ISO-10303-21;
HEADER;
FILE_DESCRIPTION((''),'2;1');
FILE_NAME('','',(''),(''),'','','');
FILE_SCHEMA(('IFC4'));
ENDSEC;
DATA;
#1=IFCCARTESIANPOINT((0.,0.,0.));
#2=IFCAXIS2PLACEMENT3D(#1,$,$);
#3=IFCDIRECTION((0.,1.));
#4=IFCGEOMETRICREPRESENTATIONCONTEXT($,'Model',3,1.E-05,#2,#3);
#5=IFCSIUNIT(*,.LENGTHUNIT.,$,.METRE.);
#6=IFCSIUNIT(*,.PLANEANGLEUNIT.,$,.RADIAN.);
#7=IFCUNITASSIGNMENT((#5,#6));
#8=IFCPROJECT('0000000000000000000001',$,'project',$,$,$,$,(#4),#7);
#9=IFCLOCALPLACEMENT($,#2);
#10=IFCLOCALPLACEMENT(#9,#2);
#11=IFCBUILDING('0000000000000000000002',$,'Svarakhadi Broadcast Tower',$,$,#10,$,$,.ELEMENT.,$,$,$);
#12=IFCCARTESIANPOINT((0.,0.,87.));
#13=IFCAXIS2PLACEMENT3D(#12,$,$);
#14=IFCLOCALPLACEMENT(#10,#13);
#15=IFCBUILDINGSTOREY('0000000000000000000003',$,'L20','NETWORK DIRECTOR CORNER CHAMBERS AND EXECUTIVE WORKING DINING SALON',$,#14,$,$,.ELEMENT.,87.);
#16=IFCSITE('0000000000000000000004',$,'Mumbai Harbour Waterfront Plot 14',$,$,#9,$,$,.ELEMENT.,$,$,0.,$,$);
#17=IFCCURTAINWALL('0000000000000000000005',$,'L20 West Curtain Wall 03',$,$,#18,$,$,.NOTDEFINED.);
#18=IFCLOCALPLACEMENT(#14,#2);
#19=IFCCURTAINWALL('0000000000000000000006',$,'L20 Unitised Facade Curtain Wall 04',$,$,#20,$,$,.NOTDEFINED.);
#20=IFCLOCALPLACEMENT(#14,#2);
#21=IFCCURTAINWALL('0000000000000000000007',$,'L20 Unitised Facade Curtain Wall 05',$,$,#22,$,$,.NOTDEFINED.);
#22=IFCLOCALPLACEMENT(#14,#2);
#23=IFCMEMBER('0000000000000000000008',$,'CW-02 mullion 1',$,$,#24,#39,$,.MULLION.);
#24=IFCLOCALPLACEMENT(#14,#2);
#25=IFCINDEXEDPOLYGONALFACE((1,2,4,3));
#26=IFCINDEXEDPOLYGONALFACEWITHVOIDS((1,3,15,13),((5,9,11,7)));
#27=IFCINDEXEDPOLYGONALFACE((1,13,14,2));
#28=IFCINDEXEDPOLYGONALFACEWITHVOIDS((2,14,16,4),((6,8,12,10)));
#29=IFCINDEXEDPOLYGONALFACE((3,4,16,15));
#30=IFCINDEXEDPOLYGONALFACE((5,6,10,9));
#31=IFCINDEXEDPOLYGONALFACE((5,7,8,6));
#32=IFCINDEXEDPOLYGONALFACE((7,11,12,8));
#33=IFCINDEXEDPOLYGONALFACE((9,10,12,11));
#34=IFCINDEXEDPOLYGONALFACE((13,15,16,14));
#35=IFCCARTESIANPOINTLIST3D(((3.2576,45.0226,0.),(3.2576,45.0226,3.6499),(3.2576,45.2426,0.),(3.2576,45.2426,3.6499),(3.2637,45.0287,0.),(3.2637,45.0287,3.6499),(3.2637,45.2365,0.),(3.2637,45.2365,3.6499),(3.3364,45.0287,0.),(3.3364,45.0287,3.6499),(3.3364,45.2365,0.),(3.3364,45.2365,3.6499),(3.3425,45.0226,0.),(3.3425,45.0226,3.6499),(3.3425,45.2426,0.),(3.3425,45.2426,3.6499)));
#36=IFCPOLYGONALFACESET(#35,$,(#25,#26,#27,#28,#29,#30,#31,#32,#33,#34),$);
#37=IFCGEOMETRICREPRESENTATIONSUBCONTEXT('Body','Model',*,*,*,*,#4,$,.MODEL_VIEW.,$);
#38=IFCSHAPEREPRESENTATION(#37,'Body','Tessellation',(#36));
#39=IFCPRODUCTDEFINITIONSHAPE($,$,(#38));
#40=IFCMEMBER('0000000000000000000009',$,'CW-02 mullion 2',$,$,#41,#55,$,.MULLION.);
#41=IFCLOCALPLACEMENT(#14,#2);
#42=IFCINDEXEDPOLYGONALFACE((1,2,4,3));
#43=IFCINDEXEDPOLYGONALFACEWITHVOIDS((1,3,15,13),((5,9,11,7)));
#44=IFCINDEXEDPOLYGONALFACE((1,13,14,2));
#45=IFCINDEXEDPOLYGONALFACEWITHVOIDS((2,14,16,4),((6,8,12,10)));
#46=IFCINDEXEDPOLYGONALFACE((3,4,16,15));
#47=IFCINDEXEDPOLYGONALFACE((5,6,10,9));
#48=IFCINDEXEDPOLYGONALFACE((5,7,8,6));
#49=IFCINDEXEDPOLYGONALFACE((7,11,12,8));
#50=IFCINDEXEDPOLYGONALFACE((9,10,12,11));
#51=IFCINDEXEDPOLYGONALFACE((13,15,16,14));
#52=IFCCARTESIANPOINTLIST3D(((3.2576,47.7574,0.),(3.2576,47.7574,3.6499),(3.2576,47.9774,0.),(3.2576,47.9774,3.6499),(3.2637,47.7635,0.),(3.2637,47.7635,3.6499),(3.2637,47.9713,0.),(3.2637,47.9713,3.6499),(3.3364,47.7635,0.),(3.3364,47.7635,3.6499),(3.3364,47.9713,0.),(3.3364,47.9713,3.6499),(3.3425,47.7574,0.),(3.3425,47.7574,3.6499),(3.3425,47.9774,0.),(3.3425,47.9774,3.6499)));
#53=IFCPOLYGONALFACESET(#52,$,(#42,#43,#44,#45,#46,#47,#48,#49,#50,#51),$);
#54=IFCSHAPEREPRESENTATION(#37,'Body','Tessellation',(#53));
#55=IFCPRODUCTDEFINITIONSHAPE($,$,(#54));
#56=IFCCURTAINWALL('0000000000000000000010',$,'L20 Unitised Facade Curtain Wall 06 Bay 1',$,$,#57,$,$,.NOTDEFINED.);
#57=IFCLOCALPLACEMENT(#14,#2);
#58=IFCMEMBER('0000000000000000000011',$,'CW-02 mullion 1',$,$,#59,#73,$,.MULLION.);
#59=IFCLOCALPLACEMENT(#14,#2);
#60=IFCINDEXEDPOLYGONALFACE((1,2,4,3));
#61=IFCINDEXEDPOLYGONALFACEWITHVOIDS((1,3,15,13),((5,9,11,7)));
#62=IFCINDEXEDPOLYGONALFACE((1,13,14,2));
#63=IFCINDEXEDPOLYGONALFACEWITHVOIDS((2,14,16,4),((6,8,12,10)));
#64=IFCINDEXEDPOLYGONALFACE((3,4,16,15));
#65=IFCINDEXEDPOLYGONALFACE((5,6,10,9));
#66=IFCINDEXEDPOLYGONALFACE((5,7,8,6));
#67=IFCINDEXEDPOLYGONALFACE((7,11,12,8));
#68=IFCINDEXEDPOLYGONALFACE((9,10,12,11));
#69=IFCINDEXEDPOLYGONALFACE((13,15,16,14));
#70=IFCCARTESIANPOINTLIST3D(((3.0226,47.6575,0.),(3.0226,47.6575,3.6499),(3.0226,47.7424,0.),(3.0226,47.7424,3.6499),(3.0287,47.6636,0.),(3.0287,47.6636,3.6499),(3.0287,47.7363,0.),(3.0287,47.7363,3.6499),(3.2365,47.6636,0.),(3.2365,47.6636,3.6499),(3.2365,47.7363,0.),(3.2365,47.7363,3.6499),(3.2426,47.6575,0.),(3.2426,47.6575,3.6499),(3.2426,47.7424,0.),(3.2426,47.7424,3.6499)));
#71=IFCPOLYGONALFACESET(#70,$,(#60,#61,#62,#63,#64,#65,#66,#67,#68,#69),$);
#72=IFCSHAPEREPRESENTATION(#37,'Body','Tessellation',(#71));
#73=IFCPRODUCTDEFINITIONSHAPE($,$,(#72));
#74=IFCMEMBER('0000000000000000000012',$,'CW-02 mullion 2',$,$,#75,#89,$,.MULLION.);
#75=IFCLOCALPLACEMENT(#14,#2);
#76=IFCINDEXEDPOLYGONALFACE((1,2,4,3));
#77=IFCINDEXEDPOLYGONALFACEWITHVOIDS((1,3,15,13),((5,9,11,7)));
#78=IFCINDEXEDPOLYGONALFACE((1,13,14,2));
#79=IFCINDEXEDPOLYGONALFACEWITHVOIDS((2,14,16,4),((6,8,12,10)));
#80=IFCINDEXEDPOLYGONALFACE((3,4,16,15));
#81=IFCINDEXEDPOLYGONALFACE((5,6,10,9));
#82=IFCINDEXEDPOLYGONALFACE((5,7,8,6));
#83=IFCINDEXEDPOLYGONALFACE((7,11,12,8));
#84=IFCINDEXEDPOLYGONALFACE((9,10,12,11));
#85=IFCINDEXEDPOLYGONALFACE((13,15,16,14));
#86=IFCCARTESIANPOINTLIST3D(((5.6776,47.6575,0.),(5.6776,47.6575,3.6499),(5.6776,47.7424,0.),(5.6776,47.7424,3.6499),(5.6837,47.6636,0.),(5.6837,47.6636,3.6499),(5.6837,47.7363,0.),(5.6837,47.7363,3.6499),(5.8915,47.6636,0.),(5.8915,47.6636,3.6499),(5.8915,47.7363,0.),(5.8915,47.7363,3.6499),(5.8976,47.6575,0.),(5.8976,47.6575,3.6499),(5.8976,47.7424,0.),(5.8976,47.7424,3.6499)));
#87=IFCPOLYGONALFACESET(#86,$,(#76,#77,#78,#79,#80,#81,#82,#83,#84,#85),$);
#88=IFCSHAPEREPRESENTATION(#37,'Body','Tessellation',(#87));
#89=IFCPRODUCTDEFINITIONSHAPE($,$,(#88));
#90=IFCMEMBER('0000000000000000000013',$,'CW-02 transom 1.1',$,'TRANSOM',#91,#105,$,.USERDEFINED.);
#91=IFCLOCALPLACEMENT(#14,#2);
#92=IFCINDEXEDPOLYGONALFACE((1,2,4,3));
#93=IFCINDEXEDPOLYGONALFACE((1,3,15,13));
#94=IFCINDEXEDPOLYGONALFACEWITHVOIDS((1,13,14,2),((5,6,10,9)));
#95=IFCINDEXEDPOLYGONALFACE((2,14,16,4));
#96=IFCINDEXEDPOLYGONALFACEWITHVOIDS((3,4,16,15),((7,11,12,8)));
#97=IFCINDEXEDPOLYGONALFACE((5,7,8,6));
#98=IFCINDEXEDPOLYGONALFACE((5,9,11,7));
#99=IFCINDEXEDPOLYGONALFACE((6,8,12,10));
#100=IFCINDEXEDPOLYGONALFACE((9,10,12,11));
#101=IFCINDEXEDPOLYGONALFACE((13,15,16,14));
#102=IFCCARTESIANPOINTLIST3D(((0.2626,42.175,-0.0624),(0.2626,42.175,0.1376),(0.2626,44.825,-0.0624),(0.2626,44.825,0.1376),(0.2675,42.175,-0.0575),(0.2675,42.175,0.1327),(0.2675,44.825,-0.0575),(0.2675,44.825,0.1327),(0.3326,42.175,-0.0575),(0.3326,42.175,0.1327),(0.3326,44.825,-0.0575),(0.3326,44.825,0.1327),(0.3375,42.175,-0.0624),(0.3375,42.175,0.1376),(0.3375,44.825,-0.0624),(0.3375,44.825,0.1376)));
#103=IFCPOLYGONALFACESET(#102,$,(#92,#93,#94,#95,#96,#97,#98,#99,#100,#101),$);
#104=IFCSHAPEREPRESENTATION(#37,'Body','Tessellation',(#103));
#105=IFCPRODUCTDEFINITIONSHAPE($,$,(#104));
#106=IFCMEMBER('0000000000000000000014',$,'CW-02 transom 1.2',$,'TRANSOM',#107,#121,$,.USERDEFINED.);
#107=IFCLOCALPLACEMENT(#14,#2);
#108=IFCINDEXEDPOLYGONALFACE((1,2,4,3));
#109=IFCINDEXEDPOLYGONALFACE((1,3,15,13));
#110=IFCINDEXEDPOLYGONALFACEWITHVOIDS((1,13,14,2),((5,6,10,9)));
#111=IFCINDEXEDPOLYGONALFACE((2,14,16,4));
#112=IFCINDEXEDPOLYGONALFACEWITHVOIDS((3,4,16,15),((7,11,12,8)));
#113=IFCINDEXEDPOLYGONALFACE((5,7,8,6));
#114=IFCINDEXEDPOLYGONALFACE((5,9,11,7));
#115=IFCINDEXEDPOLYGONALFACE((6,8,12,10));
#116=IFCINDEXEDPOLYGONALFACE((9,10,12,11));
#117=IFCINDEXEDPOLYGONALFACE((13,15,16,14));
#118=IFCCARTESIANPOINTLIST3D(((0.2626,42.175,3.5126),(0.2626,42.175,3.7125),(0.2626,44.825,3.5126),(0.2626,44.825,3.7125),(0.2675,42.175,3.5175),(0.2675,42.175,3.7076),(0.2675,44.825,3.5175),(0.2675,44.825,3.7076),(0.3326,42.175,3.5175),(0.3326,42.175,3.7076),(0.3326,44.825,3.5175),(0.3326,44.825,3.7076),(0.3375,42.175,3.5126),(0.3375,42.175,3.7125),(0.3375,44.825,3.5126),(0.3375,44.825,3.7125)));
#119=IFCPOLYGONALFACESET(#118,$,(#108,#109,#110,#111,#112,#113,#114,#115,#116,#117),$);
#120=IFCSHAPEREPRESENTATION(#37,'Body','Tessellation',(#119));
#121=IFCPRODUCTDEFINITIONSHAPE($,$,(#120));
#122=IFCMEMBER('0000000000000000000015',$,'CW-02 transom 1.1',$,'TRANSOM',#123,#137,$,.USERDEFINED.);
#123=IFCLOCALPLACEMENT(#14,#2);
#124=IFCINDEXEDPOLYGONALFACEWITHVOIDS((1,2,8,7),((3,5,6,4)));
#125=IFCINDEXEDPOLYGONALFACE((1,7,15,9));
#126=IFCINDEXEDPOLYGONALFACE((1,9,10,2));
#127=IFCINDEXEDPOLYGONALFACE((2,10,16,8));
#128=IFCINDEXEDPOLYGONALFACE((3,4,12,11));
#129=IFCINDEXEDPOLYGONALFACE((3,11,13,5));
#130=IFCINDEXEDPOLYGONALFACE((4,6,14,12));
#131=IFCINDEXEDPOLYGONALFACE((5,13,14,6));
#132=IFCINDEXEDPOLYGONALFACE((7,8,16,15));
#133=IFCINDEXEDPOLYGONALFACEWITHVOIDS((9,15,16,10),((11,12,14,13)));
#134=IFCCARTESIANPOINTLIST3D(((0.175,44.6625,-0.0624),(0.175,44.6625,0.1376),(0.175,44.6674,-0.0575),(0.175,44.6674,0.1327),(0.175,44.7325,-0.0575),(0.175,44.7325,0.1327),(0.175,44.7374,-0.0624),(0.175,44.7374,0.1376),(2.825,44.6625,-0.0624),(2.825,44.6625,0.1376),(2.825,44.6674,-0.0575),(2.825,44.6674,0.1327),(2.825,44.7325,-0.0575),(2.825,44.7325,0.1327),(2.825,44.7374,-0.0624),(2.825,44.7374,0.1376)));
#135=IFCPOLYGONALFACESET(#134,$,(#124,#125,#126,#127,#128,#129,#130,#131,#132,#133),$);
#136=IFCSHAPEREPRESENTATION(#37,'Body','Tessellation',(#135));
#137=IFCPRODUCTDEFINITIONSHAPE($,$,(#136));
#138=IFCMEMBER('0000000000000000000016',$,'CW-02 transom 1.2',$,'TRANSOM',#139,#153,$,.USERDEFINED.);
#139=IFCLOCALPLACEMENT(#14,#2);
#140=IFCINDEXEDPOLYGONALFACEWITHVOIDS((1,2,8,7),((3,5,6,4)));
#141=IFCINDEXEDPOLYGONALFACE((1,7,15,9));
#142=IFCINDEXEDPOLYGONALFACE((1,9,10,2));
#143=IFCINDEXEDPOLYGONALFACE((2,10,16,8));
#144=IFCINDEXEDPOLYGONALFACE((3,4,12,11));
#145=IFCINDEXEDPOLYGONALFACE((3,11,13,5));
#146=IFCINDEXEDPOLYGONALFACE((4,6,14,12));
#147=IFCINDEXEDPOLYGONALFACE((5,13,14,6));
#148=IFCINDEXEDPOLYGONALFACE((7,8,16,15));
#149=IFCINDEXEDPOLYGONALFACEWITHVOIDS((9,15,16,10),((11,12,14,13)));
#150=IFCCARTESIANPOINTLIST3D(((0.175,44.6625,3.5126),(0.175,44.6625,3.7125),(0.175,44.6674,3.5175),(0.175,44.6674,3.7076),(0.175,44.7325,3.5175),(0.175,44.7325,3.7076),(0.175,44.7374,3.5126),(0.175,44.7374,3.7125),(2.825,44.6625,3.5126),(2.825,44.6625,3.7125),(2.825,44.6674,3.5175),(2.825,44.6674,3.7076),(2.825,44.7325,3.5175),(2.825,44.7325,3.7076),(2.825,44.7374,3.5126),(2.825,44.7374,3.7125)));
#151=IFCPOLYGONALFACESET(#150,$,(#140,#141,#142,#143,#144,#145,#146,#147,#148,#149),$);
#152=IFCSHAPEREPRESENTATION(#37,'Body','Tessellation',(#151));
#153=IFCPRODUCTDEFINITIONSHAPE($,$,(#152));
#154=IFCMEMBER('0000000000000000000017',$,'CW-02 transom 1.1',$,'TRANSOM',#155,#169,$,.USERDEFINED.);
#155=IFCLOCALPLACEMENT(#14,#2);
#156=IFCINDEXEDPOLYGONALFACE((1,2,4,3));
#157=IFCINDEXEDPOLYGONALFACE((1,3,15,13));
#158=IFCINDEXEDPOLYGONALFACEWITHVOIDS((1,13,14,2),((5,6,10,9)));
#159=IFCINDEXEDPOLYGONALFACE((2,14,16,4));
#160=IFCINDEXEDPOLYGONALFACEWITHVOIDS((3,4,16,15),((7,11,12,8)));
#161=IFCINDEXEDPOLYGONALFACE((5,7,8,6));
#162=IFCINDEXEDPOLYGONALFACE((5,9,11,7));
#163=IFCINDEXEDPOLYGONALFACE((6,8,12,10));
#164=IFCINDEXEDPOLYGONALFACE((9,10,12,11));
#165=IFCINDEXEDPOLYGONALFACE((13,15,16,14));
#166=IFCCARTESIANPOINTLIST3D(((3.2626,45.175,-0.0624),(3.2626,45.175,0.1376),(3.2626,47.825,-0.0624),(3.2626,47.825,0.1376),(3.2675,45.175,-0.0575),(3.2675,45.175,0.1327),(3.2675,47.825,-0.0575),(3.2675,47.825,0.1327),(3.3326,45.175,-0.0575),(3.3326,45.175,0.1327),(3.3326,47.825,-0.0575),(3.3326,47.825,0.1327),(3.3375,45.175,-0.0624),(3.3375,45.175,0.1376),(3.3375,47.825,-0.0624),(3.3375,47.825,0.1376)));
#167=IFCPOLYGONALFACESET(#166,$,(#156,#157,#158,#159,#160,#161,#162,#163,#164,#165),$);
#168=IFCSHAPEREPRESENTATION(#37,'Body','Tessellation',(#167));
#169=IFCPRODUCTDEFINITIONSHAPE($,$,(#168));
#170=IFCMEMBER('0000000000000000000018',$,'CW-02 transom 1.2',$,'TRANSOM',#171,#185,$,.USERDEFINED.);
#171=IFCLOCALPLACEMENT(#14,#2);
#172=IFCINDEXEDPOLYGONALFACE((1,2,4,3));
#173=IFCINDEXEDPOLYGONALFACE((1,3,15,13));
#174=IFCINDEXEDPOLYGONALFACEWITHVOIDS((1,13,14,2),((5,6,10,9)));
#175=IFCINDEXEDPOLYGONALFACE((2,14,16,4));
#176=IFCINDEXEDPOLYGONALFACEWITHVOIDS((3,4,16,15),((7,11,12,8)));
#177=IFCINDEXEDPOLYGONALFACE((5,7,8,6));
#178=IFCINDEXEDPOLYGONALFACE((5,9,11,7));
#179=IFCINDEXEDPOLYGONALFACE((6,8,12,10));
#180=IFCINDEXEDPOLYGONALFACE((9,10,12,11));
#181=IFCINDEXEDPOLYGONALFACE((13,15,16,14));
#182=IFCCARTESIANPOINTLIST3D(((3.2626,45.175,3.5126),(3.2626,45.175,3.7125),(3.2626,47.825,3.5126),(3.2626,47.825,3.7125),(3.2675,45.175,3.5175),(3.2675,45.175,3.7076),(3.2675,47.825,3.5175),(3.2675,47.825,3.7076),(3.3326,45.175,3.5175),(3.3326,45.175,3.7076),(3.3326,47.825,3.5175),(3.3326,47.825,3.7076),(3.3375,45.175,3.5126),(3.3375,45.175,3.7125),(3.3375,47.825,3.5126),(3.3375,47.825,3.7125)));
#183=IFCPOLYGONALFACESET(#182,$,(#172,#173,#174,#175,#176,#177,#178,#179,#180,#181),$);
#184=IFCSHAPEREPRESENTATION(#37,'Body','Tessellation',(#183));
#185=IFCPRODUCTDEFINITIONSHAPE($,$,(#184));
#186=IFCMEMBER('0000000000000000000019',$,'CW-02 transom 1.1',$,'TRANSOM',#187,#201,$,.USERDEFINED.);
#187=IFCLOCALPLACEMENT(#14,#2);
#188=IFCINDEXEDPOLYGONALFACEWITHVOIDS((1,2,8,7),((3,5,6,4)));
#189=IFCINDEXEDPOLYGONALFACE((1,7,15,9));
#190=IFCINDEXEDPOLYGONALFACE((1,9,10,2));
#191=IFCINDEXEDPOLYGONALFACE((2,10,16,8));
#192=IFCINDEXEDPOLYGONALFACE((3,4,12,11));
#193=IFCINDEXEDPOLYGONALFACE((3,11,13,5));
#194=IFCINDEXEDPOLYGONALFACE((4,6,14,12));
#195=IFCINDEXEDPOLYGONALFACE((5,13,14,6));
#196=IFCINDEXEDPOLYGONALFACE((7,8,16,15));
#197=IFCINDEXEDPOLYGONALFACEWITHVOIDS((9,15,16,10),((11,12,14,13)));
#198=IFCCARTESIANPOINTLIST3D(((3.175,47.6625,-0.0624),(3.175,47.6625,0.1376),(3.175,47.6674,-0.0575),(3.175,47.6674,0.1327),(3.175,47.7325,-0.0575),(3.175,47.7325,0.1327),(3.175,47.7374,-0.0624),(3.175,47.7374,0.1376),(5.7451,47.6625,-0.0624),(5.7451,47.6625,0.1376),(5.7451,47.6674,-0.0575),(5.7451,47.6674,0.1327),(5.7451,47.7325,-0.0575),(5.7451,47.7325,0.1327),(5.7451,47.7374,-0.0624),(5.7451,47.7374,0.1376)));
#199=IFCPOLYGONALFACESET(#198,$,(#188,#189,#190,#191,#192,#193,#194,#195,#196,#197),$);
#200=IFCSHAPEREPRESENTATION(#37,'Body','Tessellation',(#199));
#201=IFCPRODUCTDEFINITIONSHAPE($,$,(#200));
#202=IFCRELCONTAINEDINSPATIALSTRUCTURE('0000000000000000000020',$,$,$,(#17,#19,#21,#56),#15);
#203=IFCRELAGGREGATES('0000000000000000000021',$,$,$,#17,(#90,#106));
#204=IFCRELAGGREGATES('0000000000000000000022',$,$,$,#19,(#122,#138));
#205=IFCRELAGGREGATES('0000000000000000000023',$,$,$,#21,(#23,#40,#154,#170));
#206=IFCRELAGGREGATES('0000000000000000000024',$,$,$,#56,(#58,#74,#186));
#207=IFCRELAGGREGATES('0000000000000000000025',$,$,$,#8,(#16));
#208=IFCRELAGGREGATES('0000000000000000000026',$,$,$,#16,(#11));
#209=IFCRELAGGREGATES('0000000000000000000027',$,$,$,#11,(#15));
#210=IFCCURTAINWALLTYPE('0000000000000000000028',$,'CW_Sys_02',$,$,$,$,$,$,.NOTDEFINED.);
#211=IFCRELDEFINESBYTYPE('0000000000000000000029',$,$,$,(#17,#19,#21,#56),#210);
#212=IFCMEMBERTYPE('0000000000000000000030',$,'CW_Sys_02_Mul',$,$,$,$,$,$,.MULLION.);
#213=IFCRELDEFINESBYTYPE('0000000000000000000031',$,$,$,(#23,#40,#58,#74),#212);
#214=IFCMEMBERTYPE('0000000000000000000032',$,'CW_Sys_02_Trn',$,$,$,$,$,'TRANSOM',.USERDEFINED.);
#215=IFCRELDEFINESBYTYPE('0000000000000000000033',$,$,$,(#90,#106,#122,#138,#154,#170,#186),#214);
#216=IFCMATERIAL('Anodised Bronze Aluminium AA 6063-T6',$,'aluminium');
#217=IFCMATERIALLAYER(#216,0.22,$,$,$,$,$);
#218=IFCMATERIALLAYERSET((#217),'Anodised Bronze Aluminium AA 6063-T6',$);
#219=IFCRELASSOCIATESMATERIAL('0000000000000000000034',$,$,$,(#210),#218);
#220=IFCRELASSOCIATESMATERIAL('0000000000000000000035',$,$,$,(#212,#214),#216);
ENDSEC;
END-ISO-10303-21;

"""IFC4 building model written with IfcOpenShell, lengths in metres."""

from ifc_helpers import new_model, si_unit, direction, frame, origin, origin_2d, place, context, subcontext, project, spatial, hollow_rectangle, extrude, material, layer, layer_set, material_profile, profile_set, type_object, element, aggregate, save


model = new_model("IFC4")

# Units and contexts
model_context = context("Model", 3, precision=1e-05, world=origin(), true_north=direction((0.0, 1.0)))
body_context = subcontext(model_context, "Body", "Model", "MODEL_VIEW")
ifc_project = project(units=[si_unit("LENGTHUNIT", "METRE"), si_unit("PLANEANGLEUNIT", "RADIAN")], contexts=[model_context])

# Site, building, storey
site_placement = place(None, origin())
site = spatial("IfcSite", under=ifc_project, at=site_placement, Name="Mumbai Harbour Waterfront Plot 14", CompositionType="ELEMENT", RefElevation=0.0)
building_placement = place(site_placement, origin())
building = spatial("IfcBuilding", under=site, at=building_placement, Name="Svarakhadi Broadcast Tower", CompositionType="ELEMENT")
storey_placement = place(building_placement, frame((0.0, 0.0, 87.0)))
storey = spatial("IfcBuildingStorey", under=building, at=storey_placement, Name="L20", Description="NETWORK DIRECTOR CORNER CHAMBERS AND EXECUTIVE WORKING DINING SALON", CompositionType="ELEMENT", Elevation=87.0)

# Curtain walls, members
ifc_material_1 = material(Name="Anodised Bronze Aluminium AA 6063-T6", Category="aluminium")
ifc_layer_1 = layer(ifc_material_1, 0.22)
ifc_layer_set_1 = layer_set([ifc_layer_1], Name="Anodised Bronze Aluminium AA 6063-T6")
curtain_wall_type = type_object("IfcCurtainWallType", Name="CW_Sys_02", PredefinedType="NOTDEFINED", material=ifc_layer_set_1)
curtain_wall_1_placement = place(storey_placement, origin())
curtain_wall_1 = element("IfcCurtainWall", 1, at=curtain_wall_1_placement, inside=storey, type_object=curtain_wall_type, Name="L20 West Curtain Wall 03", PredefinedType="NOTDEFINED")
ifc_material_profile_1 = material_profile(ifc_material_1, hollow_rectangle(XDim=0.085, YDim=0.22, WallThickness=0.0061, at=origin_2d()), Name="ALU MULLION 220x85x6")
ifc_profile_set_1 = profile_set([ifc_material_profile_1], Name="Anodised Bronze Aluminium AA 6063-T6")
member_type_1 = type_object("IfcMemberType", Name="CW_Sys_02_Mul", PredefinedType="MULLION", material=ifc_profile_set_1)
curtain_wall_2_placement = place(storey_placement, origin())
curtain_wall_2 = element("IfcCurtainWall", 2, at=curtain_wall_2_placement, inside=storey, type_object=curtain_wall_type, Name="L20 Unitised Facade Curtain Wall 04", PredefinedType="NOTDEFINED")
curtain_wall_3_placement = place(storey_placement, origin())
curtain_wall_3 = element("IfcCurtainWall", 3, at=curtain_wall_3_placement, inside=storey, type_object=curtain_wall_type, Name="L20 Unitised Facade Curtain Wall 05", PredefinedType="NOTDEFINED")
member_1_placement = place(storey_placement, frame((3.3, 45.1326, 0.0), z_axis=(0.0, 0.0, 1.0), x_axis=(-1.0, 0.0, 0.0)))
member_1 = element("IfcMember", 4, at=member_1_placement, type_object=member_type_1, Name="CW-02 mullion 1", PredefinedType="MULLION", context=body_context, shape_type="SweptSolid", body=[
    extrude(hollow_rectangle(XDim=0.085, YDim=0.22, WallThickness=0.0061, at=origin_2d()), origin(), (0.0, 0.0, 1.0), 3.6499),
])
member_2_placement = place(storey_placement, frame((3.3, 47.8674, 0.0), z_axis=(0.0, 0.0, 1.0), x_axis=(-1.0, 0.0, 0.0)))
member_2 = element("IfcMember", 5, at=member_2_placement, type_object=member_type_1, Name="CW-02 mullion 2", PredefinedType="MULLION", context=body_context, shape_type="SweptSolid", body=[
    extrude(hollow_rectangle(XDim=0.085, YDim=0.22, WallThickness=0.0061, at=origin_2d()), origin(), (0.0, 0.0, 1.0), 3.6499),
])
curtain_wall_4_placement = place(storey_placement, origin())
curtain_wall_4 = element("IfcCurtainWall", 6, at=curtain_wall_4_placement, inside=storey, type_object=curtain_wall_type, Name="L20 Unitised Facade Curtain Wall 06 Bay 1", PredefinedType="NOTDEFINED")
member_3_placement = place(storey_placement, frame((3.1326, 47.7, 0.0), z_axis=(0.0, 0.0, 1.0), x_axis=(0.0, 1.0, 0.0)))
member_3 = element("IfcMember", 7, at=member_3_placement, type_object=member_type_1, Name="CW-02 mullion 1", PredefinedType="MULLION", context=body_context, shape_type="SweptSolid", body=[
    extrude(hollow_rectangle(XDim=0.085, YDim=0.22, WallThickness=0.0061, at=origin_2d()), origin(), (0.0, 0.0, 1.0), 3.6499),
])
member_4_placement = place(storey_placement, frame((5.7876, 47.7, 0.0), z_axis=(0.0, 0.0, 1.0), x_axis=(0.0, 1.0, 0.0)))
member_4 = element("IfcMember", 8, at=member_4_placement, type_object=member_type_1, Name="CW-02 mullion 2", PredefinedType="MULLION", context=body_context, shape_type="SweptSolid", body=[
    extrude(hollow_rectangle(XDim=0.085, YDim=0.22, WallThickness=0.0061, at=origin_2d()), origin(), (0.0, 0.0, 1.0), 3.6499),
])

# Members
ifc_material_profile_2 = material_profile(ifc_material_1, hollow_rectangle(XDim=0.075, YDim=0.2, WallThickness=0.0049, at=origin_2d()), Name="ALU TRANSOM 200x75x5")
ifc_profile_set_2 = profile_set([ifc_material_profile_2], Name="Anodised Bronze Aluminium AA 6063-T6")
member_type_2 = type_object("IfcMemberType", Name="CW_Sys_02_Trn", ElementType="TRANSOM", PredefinedType="USERDEFINED", material=ifc_profile_set_2)
member_5_placement = place(storey_placement, frame((0.3, 42.175, 0.0376), z_axis=(0.0, 1.0, 0.0), x_axis=(-1.0, 0.0, 0.0)))
member_5 = element("IfcMember", 9, at=member_5_placement, type_object=member_type_2, Name="CW-02 transom 1.1", ObjectType="TRANSOM", PredefinedType="USERDEFINED", context=body_context, shape_type="SweptSolid", body=[
    extrude(hollow_rectangle(XDim=0.075, YDim=0.2, WallThickness=0.0049, at=origin_2d()), origin(), (0.0, 0.0, 1.0), 2.6499),
])
member_6_placement = place(storey_placement, frame((0.3, 42.175, 3.6125), z_axis=(0.0, 1.0, 0.0), x_axis=(-1.0, 0.0, 0.0)))
member_6 = element("IfcMember", 10, at=member_6_placement, type_object=member_type_2, Name="CW-02 transom 1.2", ObjectType="TRANSOM", PredefinedType="USERDEFINED", context=body_context, shape_type="SweptSolid", body=[
    extrude(hollow_rectangle(XDim=0.075, YDim=0.2, WallThickness=0.0049, at=origin_2d()), origin(), (0.0, 0.0, 1.0), 2.6499),
])
member_7_placement = place(storey_placement, frame((0.175, 44.7, 0.0376), z_axis=(1.0, 0.0, 0.0), x_axis=(0.0, 1.0, 0.0)))
member_7 = element("IfcMember", 11, at=member_7_placement, type_object=member_type_2, Name="CW-02 transom 1.1", ObjectType="TRANSOM", PredefinedType="USERDEFINED", context=body_context, shape_type="SweptSolid", body=[
    extrude(hollow_rectangle(XDim=0.075, YDim=0.2, WallThickness=0.0049, at=origin_2d()), origin(), (0.0, 0.0, 1.0), 2.6499),
])
member_8_placement = place(storey_placement, frame((0.175, 44.7, 3.6125), z_axis=(1.0, 0.0, 0.0), x_axis=(0.0, 1.0, 0.0)))
member_8 = element("IfcMember", 12, at=member_8_placement, type_object=member_type_2, Name="CW-02 transom 1.2", ObjectType="TRANSOM", PredefinedType="USERDEFINED", context=body_context, shape_type="SweptSolid", body=[
    extrude(hollow_rectangle(XDim=0.075, YDim=0.2, WallThickness=0.0049, at=origin_2d()), origin(), (0.0, 0.0, 1.0), 2.6499),
])
member_9_placement = place(storey_placement, frame((3.3, 45.175, 0.0376), z_axis=(0.0, 1.0, 0.0), x_axis=(-1.0, 0.0, 0.0)))
member_9 = element("IfcMember", 13, at=member_9_placement, type_object=member_type_2, Name="CW-02 transom 1.1", ObjectType="TRANSOM", PredefinedType="USERDEFINED", context=body_context, shape_type="SweptSolid", body=[
    extrude(hollow_rectangle(XDim=0.075, YDim=0.2, WallThickness=0.0049, at=origin_2d()), origin(), (0.0, 0.0, 1.0), 2.6499),
])
member_10_placement = place(storey_placement, frame((3.3, 45.175, 3.6125), z_axis=(0.0, 1.0, 0.0), x_axis=(-1.0, 0.0, 0.0)))
member_10 = element("IfcMember", 14, at=member_10_placement, type_object=member_type_2, Name="CW-02 transom 1.2", ObjectType="TRANSOM", PredefinedType="USERDEFINED", context=body_context, shape_type="SweptSolid", body=[
    extrude(hollow_rectangle(XDim=0.075, YDim=0.2, WallThickness=0.0049, at=origin_2d()), origin(), (0.0, 0.0, 1.0), 2.6499),
])
member_11_placement = place(storey_placement, frame((3.175, 47.7, 0.0376), z_axis=(1.0, 0.0, 0.0), x_axis=(0.0, 1.0, 0.0)))
member_11 = element("IfcMember", 15, at=member_11_placement, type_object=member_type_2, Name="CW-02 transom 1.1", ObjectType="TRANSOM", PredefinedType="USERDEFINED", context=body_context, shape_type="SweptSolid", body=[
    extrude(hollow_rectangle(XDim=0.075, YDim=0.2, WallThickness=0.0049, at=origin_2d()), origin(), (0.0, 0.0, 1.0), 2.5701),
])

aggregate(curtain_wall_1, [member_5, member_6])
aggregate(curtain_wall_2, [member_7, member_8])
aggregate(curtain_wall_3, [member_1, member_2, member_9, member_10])
aggregate(curtain_wall_4, [member_3, member_4, member_11])

save(model, "model.ifc")
